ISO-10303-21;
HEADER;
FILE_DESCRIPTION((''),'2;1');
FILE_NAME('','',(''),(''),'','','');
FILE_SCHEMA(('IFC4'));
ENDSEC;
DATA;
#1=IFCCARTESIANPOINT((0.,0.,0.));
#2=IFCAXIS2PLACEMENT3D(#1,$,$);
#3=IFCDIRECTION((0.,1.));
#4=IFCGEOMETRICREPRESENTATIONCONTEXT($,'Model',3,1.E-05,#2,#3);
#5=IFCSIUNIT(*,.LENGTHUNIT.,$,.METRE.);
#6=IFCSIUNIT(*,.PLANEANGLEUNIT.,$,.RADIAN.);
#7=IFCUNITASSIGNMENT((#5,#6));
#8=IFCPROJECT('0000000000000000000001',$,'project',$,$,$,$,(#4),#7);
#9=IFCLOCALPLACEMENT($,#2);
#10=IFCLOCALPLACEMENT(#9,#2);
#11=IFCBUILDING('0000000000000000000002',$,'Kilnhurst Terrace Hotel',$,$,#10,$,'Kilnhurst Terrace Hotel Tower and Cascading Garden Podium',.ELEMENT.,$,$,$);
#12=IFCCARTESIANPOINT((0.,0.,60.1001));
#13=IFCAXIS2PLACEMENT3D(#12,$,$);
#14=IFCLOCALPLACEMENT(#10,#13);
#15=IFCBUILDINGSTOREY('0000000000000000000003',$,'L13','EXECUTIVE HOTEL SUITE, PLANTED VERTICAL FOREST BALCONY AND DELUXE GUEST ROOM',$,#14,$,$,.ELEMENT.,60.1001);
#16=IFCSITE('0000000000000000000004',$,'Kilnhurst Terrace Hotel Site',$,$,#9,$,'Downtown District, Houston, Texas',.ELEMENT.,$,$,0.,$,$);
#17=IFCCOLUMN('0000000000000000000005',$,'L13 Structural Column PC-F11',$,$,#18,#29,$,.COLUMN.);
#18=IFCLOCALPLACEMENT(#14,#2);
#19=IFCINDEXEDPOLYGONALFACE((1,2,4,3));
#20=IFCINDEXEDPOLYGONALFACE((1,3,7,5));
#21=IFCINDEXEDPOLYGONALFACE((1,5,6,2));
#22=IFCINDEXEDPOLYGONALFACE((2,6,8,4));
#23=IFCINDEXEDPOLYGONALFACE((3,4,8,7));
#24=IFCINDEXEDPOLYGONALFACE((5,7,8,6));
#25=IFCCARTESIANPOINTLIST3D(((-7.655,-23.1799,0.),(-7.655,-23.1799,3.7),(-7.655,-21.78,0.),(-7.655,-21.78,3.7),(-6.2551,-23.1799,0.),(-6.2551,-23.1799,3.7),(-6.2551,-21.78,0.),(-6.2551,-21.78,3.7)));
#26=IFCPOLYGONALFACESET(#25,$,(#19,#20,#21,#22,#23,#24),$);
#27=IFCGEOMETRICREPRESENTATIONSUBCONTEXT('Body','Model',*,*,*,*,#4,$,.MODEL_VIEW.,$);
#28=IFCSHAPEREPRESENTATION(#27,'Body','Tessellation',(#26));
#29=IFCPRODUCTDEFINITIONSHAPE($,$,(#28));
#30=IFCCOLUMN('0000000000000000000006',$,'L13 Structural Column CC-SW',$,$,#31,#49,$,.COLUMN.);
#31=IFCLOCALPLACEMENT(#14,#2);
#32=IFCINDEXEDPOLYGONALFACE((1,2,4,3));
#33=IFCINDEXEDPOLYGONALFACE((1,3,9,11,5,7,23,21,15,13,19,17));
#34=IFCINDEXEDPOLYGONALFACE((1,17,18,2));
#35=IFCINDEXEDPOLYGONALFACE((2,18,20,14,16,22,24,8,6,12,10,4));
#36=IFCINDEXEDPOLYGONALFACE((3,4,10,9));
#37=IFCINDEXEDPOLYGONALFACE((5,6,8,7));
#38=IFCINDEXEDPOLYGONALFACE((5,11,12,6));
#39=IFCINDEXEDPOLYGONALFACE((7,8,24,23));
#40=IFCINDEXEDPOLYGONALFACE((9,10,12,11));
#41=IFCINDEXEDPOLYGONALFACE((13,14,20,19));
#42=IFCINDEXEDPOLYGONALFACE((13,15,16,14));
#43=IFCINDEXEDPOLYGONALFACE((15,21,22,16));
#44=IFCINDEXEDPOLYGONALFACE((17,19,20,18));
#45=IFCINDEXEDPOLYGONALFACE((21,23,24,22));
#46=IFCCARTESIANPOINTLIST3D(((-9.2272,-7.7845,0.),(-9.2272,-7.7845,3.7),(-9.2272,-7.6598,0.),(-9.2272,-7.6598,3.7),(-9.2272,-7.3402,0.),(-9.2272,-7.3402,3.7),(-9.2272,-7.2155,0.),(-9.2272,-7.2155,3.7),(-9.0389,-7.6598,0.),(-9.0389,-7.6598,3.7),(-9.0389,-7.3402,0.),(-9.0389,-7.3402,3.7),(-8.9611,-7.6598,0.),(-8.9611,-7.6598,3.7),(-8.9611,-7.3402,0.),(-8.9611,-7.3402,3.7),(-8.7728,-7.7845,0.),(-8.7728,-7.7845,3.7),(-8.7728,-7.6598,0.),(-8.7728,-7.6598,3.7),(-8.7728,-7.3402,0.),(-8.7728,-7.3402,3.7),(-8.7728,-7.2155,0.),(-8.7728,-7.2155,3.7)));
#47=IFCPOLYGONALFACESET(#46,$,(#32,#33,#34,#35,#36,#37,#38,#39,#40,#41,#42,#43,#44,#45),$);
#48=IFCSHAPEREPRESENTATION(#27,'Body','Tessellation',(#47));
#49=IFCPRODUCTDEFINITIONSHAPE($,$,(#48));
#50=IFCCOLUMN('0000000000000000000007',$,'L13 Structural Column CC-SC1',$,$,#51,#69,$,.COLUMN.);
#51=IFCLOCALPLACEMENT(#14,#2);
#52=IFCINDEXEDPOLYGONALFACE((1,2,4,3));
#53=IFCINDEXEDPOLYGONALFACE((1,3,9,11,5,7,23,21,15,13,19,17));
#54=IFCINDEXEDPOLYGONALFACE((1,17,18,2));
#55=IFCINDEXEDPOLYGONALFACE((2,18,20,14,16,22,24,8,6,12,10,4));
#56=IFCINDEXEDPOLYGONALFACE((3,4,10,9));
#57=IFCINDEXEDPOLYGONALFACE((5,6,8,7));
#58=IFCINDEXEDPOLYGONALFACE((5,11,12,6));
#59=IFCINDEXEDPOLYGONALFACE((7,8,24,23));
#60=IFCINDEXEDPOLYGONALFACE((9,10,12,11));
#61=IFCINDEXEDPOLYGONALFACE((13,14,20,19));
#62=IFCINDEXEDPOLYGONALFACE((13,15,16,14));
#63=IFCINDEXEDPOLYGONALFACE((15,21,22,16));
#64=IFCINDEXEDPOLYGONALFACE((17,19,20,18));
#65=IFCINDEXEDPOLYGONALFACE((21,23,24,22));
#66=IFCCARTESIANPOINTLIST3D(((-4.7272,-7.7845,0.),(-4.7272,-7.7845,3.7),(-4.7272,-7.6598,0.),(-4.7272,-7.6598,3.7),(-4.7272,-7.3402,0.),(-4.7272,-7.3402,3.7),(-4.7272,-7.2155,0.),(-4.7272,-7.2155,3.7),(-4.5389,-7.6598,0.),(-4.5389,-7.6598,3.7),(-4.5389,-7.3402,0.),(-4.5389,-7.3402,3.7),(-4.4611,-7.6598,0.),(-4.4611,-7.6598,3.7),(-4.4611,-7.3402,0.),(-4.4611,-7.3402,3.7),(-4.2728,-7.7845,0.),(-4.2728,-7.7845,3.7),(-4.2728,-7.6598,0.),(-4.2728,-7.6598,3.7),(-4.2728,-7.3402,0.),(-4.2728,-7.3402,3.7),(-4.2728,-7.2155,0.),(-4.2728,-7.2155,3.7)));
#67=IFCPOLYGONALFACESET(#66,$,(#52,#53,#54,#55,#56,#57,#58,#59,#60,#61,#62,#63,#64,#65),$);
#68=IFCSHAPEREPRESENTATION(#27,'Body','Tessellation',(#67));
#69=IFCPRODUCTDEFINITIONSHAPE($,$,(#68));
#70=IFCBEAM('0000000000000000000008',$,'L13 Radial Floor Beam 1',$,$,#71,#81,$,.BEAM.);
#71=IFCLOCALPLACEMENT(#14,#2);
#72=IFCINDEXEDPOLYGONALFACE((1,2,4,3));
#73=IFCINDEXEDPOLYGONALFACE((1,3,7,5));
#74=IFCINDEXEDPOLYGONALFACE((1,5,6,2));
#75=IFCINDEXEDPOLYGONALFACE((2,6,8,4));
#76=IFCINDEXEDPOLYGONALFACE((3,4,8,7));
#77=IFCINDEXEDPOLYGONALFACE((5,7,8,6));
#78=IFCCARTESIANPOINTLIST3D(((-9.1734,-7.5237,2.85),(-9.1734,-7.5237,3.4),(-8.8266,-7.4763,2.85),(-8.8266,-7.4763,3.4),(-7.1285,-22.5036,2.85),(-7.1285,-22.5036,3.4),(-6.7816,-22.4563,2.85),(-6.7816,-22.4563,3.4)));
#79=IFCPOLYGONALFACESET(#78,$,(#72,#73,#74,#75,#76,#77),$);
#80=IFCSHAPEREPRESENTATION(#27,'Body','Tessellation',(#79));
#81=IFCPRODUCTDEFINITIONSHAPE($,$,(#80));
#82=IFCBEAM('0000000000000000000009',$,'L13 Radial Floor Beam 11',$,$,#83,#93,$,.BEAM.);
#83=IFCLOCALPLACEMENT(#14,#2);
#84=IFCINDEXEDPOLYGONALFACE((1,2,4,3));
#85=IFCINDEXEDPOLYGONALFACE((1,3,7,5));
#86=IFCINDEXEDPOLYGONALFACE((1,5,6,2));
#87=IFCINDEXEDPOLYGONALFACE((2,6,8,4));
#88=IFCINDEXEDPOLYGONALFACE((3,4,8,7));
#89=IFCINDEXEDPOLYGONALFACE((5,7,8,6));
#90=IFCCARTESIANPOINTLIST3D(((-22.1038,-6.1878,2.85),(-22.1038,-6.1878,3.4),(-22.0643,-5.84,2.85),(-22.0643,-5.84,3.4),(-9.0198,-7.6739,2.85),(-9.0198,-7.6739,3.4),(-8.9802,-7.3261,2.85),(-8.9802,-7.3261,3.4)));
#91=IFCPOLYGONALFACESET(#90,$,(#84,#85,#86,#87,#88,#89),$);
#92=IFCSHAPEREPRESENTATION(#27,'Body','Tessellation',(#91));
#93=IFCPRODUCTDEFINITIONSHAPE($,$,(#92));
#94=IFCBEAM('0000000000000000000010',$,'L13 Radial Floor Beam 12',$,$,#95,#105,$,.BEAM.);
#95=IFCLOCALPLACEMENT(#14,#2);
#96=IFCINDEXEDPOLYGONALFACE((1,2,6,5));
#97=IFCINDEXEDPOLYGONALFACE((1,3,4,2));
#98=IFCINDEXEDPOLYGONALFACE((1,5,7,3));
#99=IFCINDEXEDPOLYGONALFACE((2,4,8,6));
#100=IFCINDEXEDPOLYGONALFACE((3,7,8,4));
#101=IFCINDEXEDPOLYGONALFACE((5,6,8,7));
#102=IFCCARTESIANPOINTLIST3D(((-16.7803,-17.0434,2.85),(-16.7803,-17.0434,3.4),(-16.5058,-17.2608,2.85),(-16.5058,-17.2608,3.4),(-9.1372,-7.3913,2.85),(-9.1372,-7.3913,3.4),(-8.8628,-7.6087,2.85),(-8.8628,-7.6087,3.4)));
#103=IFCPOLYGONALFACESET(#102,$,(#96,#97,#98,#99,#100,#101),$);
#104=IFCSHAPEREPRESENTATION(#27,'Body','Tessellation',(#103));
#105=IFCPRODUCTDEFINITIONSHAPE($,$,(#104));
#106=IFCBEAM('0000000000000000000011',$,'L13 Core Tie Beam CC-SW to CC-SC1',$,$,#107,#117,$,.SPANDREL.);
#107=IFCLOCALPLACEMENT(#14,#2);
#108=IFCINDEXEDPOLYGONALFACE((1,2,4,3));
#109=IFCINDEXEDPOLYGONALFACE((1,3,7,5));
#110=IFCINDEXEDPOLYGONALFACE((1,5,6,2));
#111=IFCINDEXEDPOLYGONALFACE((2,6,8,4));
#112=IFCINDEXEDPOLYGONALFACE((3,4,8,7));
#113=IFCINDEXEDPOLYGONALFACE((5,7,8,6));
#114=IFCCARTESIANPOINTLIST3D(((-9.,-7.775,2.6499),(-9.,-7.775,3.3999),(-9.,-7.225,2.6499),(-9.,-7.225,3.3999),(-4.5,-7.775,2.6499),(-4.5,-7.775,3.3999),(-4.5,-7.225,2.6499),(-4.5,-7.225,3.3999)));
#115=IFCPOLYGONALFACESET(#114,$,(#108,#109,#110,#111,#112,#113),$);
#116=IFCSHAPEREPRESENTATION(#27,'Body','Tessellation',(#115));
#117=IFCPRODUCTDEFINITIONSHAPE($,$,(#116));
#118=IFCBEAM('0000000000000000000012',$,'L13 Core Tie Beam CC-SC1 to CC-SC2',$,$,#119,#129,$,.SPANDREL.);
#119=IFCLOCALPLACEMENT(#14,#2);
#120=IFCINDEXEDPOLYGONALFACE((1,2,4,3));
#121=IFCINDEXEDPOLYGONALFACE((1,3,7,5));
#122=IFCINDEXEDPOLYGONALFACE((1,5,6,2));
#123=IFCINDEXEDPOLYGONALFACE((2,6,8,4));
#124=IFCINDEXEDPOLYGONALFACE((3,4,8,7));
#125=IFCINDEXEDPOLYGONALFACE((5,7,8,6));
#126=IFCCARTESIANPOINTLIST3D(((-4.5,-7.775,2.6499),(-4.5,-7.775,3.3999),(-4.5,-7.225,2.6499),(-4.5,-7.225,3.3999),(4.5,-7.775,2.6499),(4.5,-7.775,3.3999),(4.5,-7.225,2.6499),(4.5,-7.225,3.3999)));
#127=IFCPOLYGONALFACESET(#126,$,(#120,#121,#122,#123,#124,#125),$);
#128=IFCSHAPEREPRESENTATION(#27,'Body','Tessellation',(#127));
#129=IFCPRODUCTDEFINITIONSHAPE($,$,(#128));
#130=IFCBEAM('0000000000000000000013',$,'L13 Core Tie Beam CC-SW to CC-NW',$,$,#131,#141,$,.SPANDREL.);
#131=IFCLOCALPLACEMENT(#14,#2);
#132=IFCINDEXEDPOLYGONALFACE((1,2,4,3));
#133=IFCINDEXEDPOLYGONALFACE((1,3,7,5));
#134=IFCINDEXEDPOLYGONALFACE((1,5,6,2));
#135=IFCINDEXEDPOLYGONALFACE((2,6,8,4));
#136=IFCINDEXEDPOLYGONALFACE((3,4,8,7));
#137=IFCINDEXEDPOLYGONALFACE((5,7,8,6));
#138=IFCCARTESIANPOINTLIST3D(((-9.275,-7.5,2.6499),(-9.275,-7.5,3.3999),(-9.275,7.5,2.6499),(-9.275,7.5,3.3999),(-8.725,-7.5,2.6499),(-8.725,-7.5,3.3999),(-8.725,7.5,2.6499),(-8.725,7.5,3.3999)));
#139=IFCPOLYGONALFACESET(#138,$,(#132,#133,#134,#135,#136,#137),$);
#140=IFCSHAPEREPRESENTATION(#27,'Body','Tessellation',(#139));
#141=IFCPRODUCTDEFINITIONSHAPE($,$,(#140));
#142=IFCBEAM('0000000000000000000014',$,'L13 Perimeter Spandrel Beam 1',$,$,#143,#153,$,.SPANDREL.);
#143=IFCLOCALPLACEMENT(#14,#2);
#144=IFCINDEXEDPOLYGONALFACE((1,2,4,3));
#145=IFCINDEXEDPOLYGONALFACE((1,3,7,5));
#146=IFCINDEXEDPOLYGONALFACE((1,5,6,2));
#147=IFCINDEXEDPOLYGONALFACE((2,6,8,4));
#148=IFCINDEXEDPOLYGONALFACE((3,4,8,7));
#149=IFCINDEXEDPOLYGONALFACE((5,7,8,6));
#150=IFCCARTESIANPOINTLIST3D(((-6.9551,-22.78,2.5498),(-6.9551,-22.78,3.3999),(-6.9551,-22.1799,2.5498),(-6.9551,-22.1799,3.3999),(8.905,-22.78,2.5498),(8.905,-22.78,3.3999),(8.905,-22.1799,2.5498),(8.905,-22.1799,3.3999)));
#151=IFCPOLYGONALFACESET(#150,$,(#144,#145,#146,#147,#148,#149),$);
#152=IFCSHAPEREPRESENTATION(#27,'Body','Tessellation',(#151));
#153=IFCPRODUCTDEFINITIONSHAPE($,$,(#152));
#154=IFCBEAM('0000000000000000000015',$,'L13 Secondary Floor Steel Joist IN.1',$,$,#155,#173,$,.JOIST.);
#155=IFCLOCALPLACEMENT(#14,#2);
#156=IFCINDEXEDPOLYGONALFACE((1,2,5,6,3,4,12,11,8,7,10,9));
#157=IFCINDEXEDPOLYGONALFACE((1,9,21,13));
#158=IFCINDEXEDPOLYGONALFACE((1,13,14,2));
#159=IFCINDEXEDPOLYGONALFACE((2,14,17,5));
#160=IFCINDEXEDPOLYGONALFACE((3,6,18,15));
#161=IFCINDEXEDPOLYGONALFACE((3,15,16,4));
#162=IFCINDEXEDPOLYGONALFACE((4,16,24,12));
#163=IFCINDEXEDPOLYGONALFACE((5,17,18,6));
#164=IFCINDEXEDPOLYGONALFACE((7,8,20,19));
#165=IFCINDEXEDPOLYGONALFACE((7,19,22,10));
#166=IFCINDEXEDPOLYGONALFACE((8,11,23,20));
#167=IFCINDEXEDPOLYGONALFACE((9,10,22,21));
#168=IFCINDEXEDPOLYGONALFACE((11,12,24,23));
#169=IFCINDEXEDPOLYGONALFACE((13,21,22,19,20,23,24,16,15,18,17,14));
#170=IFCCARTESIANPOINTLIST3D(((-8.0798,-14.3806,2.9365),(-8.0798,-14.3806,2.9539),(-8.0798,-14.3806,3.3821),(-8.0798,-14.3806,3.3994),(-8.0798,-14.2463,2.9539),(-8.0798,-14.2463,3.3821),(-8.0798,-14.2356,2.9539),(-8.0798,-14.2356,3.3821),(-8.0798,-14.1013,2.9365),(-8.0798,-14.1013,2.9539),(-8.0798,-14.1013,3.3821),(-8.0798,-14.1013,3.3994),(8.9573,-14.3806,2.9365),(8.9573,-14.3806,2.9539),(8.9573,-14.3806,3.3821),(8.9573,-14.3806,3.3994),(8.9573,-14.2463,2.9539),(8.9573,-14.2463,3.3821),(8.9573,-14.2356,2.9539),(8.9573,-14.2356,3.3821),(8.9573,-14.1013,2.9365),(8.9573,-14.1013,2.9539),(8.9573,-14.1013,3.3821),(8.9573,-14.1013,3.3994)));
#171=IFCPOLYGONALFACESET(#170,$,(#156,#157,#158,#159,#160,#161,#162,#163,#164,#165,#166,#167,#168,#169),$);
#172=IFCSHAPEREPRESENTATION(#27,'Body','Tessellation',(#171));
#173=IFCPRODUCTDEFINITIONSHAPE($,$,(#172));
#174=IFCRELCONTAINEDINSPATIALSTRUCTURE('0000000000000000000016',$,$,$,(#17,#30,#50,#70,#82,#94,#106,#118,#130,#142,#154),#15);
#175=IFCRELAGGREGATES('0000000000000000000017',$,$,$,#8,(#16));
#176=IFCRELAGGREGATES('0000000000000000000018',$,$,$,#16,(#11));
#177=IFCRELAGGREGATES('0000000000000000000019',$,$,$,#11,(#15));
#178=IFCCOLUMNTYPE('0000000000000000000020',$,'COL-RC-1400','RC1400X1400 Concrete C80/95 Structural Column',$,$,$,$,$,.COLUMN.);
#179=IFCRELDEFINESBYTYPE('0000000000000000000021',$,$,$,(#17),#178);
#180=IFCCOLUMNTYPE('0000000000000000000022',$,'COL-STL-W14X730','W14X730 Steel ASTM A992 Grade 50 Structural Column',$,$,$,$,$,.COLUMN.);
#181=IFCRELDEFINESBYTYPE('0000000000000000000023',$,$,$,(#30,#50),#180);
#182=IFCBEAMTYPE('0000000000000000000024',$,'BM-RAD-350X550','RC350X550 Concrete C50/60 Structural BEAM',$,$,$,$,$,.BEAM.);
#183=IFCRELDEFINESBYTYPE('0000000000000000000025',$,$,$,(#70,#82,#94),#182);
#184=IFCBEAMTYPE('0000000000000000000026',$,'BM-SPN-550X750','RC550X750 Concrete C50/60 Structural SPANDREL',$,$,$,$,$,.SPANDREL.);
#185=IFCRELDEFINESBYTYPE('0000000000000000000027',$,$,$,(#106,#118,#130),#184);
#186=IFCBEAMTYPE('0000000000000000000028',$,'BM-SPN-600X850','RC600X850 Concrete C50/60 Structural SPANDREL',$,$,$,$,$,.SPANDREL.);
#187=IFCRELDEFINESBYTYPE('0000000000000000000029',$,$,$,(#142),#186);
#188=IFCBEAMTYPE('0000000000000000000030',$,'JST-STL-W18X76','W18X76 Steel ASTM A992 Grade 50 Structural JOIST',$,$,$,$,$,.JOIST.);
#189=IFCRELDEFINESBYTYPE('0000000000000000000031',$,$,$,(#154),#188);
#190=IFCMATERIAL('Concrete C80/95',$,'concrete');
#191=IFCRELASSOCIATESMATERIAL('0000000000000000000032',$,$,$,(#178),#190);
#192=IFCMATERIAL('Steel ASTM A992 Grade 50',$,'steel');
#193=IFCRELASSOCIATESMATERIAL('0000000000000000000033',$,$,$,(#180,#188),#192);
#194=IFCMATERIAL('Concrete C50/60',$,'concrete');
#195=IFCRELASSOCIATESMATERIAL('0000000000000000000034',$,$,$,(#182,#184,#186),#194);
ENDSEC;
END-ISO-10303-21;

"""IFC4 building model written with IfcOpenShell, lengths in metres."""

from ifc_helpers import new_model, si_unit, direction, frame, origin, origin_2d, place, context, subcontext, project, spatial, rectangle, i_section, extrude, material, material_profile, profile_set, type_object, element, save


model = new_model("IFC4")

# Units and contexts
model_context = context("Model", 3, precision=1e-05, world=origin(), true_north=direction((0.0, 1.0)))
body_context = subcontext(model_context, "Body", "Model", "MODEL_VIEW")
ifc_project = project(units=[si_unit("LENGTHUNIT", "METRE"), si_unit("PLANEANGLEUNIT", "RADIAN")], contexts=[model_context])

# Site, building, storey
site_placement = place(None, origin())
site = spatial("IfcSite", under=ifc_project, at=site_placement, Name="Kilnhurst Terrace Hotel Site", LongName="Downtown District, Houston, Texas", CompositionType="ELEMENT", RefElevation=0.0)
building_placement = place(site_placement, origin())
building = spatial("IfcBuilding", under=site, at=building_placement, Name="Kilnhurst Terrace Hotel", LongName="Kilnhurst Terrace Hotel Tower and Cascading Garden Podium", CompositionType="ELEMENT")
storey_placement = place(building_placement, frame((0.0, 0.0, 60.1001)))
storey = spatial("IfcBuildingStorey", under=building, at=storey_placement, Name="L13", Description="EXECUTIVE HOTEL SUITE, PLANTED VERTICAL FOREST BALCONY AND DELUXE GUEST ROOM", CompositionType="ELEMENT", Elevation=60.1001)

# Columns
ifc_material_1 = material(Name="Concrete C80/95", Category="concrete")
ifc_material_profile_1 = material_profile(ifc_material_1, rectangle(XDim=1.3999, YDim=1.3999, at=origin_2d()), Name="RC1400X1400")
ifc_profile_set_1 = profile_set([ifc_material_profile_1], Name="Concrete C80/95")
column_type_1 = type_object("IfcColumnType", Name="COL-RC-1400", Description="RC1400X1400 Concrete C80/95 Structural Column", PredefinedType="COLUMN", material=ifc_profile_set_1)
column_placement = place(storey_placement, frame((-6.9551, -22.48, 0.0), z_axis=(0.0, 0.0, 1.0), x_axis=(1.0, 0.0, 0.0)))
element("IfcColumn", 1, at=column_placement, inside=storey, type_object=column_type_1, Name="L13 Structural Column PC-F11", PredefinedType="COLUMN", context=body_context, shape_type="SweptSolid", body=[
    extrude(rectangle(XDim=1.3999, YDim=1.3999, at=origin_2d()), origin(), (0.0, 0.0, 1.0), 3.7),
])
ifc_material_2 = material(Name="Steel ASTM A992 Grade 50", Category="steel")
ifc_material_profile_2 = material_profile(ifc_material_2, i_section(OverallWidth=0.4543, OverallDepth=0.5691, WebThickness=0.0779, FlangeThickness=0.1248, at=origin_2d()), Name="W14X730")
ifc_profile_set_2 = profile_set([ifc_material_profile_2], Name="Steel ASTM A992 Grade 50")
column_type_2 = type_object("IfcColumnType", Name="COL-STL-W14X730", Description="W14X730 Steel ASTM A992 Grade 50 Structural Column", PredefinedType="COLUMN", material=ifc_profile_set_2)
for number, where, z_axis, x_axis, name in (
    (2, (-9.0, -7.5, 0.0), (0.0, 0.0, 1.0), (1.0, 0.0, 0.0), "L13 Structural Column CC-SW"),
    (3, (-4.5, -7.5, 0.0), (0.0, 0.0, 1.0), (1.0, 0.0, 0.0), "L13 Structural Column CC-SC1"),
):
    element("IfcColumn", number, at=place(storey_placement, frame(where, z_axis=z_axis, x_axis=x_axis)), inside=storey, type_object=column_type_2, Name=name, PredefinedType="COLUMN", context=body_context, shape_type="SweptSolid", body=[
        extrude(i_section(OverallWidth=0.4543, OverallDepth=0.5691, WebThickness=0.0779, FlangeThickness=0.1248, at=origin_2d()), origin(), (0.0, 0.0, 1.0), 3.7),
    ])

# Beams
ifc_material_3 = material(Name="Concrete C50/60", Category="concrete")
ifc_material_profile_3 = material_profile(ifc_material_3, rectangle(XDim=0.3501, YDim=0.55, at=origin_2d()), Name="RC350X550")
ifc_profile_set_3 = profile_set([ifc_material_profile_3], Name="Concrete C50/60")
beam_type_1 = type_object("IfcBeamType", Name="BM-RAD-350X550", Description="RC350X550 Concrete C50/60 Structural BEAM", PredefinedType="BEAM", material=ifc_profile_set_3)
beam_1_placement = place(storey_placement, frame((-9.0, -7.5, 3.125), z_axis=(0.135256, -0.990811, 0.0), x_axis=(0.990811, 0.135256, 0.0)))
element("IfcBeam", 4, at=beam_1_placement, inside=storey, type_object=beam_type_1, Name="L13 Radial Floor Beam 1", PredefinedType="BEAM", context=body_context, shape_type="SweptSolid", body=[
    extrude(rectangle(XDim=0.3501, YDim=0.55, at=origin_2d()), origin(), (0.0, 0.0, 1.0), 15.1189),
])
beam_2_placement = place(storey_placement, frame((-9.0, -7.5, 3.125), z_axis=(-0.993611, 0.112855, 0.0), x_axis=(-0.112855, -0.993611, 0.0)))
element("IfcBeam", 5, at=beam_2_placement, inside=storey, type_object=beam_type_1, Name="L13 Radial Floor Beam 11", PredefinedType="BEAM", context=body_context, shape_type="SweptSolid", body=[
    extrude(rectangle(XDim=0.3501, YDim=0.55, at=origin_2d()), origin(), (0.0, 0.0, 1.0), 13.1682),
])
beam_3_placement = place(storey_placement, frame((-9.0, -7.5, 3.125), z_axis=(-0.620794, -0.783974, 0.0), x_axis=(0.783974, -0.620794, 0.0)))
element("IfcBeam", 6, at=beam_3_placement, inside=storey, type_object=beam_type_1, Name="L13 Radial Floor Beam 12", PredefinedType="BEAM", context=body_context, shape_type="SweptSolid", body=[
    extrude(rectangle(XDim=0.3501, YDim=0.55, at=origin_2d()), origin(), (0.0, 0.0, 1.0), 12.3118),
])
ifc_material_profile_4 = material_profile(ifc_material_3, rectangle(XDim=0.55, YDim=0.75, at=origin_2d()), Name="RC550X750")
ifc_profile_set_4 = profile_set([ifc_material_profile_4], Name="Concrete C50/60")
beam_type_2 = type_object("IfcBeamType", Name="BM-SPN-550X750", Description="RC550X750 Concrete C50/60 Structural SPANDREL", PredefinedType="SPANDREL", material=ifc_profile_set_4)
beam_4_placement = place(storey_placement, frame((-9.0, -7.5, 3.0249), z_axis=(1.0, 0.0, 0.0), x_axis=(0.0, 1.0, 0.0)))
element("IfcBeam", 7, at=beam_4_placement, inside=storey, type_object=beam_type_2, Name="L13 Core Tie Beam CC-SW to CC-SC1", PredefinedType="SPANDREL", context=body_context, shape_type="SweptSolid", body=[
    extrude(rectangle(XDim=0.55, YDim=0.75, at=origin_2d()), origin(), (0.0, 0.0, 1.0), 4.5),
])
beam_5_placement = place(storey_placement, frame((-4.5, -7.5, 3.0249), z_axis=(1.0, 0.0, 0.0), x_axis=(0.0, 1.0, 0.0)))
element("IfcBeam", 8, at=beam_5_placement, inside=storey, type_object=beam_type_2, Name="L13 Core Tie Beam CC-SC1 to CC-SC2", PredefinedType="SPANDREL", context=body_context, shape_type="SweptSolid", body=[
    extrude(rectangle(XDim=0.55, YDim=0.75, at=origin_2d()), origin(), (0.0, 0.0, 1.0), 9.0),
])
beam_6_placement = place(storey_placement, frame((-9.0, -7.5, 3.0249), z_axis=(0.0, 1.0, 0.0), x_axis=(-1.0, 0.0, 0.0)))
element("IfcBeam", 9, at=beam_6_placement, inside=storey, type_object=beam_type_2, Name="L13 Core Tie Beam CC-SW to CC-NW", PredefinedType="SPANDREL", context=body_context, shape_type="SweptSolid", body=[
    extrude(rectangle(XDim=0.55, YDim=0.75, at=origin_2d()), origin(), (0.0, 0.0, 1.0), 15.0),
])
ifc_material_profile_5 = material_profile(ifc_material_3, rectangle(XDim=0.6001, YDim=0.8501, at=origin_2d()), Name="RC600X850")
ifc_profile_set_5 = profile_set([ifc_material_profile_5], Name="Concrete C50/60")
beam_type_3 = type_object("IfcBeamType", Name="BM-SPN-600X850", Description="RC600X850 Concrete C50/60 Structural SPANDREL", PredefinedType="SPANDREL", material=ifc_profile_set_5)
beam_7_placement = place(storey_placement, frame((-6.9551, -22.48, 2.9749), z_axis=(1.0, 0.0, 0.0), x_axis=(0.0, 1.0, 0.0)))
element("IfcBeam", 10, at=beam_7_placement, inside=storey, type_object=beam_type_3, Name="L13 Perimeter Spandrel Beam 1", PredefinedType="SPANDREL", context=body_context, shape_type="SweptSolid", body=[
    extrude(rectangle(XDim=0.6001, YDim=0.8501, at=origin_2d()), origin(), (0.0, 0.0, 1.0), 15.8601),
])
ifc_material_profile_6 = material_profile(ifc_material_2, i_section(OverallWidth=0.2793, OverallDepth=0.4629, WebThickness=0.0107, FlangeThickness=0.0173, at=origin_2d()), Name="W18X76")
ifc_profile_set_6 = profile_set([ifc_material_profile_6], Name="Steel ASTM A992 Grade 50")
beam_type_4 = type_object("IfcBeamType", Name="JST-STL-W18X76", Description="W18X76 Steel ASTM A992 Grade 50 Structural JOIST", PredefinedType="JOIST", material=ifc_profile_set_6)
beam_8_placement = place(storey_placement, frame((-8.0798, -14.241, 3.168), z_axis=(1.0, 0.0, 0.0), x_axis=(0.0, 1.0, 0.0)))
element("IfcBeam", 11, at=beam_8_placement, inside=storey, type_object=beam_type_4, Name="L13 Secondary Floor Steel Joist IN.1", PredefinedType="JOIST", context=body_context, shape_type="SweptSolid", body=[
    extrude(i_section(OverallWidth=0.2793, OverallDepth=0.4629, WebThickness=0.0107, FlangeThickness=0.0173, at=origin_2d()), origin(), (0.0, 0.0, 1.0), 17.0371),
])

save(model, "model.ifc")
